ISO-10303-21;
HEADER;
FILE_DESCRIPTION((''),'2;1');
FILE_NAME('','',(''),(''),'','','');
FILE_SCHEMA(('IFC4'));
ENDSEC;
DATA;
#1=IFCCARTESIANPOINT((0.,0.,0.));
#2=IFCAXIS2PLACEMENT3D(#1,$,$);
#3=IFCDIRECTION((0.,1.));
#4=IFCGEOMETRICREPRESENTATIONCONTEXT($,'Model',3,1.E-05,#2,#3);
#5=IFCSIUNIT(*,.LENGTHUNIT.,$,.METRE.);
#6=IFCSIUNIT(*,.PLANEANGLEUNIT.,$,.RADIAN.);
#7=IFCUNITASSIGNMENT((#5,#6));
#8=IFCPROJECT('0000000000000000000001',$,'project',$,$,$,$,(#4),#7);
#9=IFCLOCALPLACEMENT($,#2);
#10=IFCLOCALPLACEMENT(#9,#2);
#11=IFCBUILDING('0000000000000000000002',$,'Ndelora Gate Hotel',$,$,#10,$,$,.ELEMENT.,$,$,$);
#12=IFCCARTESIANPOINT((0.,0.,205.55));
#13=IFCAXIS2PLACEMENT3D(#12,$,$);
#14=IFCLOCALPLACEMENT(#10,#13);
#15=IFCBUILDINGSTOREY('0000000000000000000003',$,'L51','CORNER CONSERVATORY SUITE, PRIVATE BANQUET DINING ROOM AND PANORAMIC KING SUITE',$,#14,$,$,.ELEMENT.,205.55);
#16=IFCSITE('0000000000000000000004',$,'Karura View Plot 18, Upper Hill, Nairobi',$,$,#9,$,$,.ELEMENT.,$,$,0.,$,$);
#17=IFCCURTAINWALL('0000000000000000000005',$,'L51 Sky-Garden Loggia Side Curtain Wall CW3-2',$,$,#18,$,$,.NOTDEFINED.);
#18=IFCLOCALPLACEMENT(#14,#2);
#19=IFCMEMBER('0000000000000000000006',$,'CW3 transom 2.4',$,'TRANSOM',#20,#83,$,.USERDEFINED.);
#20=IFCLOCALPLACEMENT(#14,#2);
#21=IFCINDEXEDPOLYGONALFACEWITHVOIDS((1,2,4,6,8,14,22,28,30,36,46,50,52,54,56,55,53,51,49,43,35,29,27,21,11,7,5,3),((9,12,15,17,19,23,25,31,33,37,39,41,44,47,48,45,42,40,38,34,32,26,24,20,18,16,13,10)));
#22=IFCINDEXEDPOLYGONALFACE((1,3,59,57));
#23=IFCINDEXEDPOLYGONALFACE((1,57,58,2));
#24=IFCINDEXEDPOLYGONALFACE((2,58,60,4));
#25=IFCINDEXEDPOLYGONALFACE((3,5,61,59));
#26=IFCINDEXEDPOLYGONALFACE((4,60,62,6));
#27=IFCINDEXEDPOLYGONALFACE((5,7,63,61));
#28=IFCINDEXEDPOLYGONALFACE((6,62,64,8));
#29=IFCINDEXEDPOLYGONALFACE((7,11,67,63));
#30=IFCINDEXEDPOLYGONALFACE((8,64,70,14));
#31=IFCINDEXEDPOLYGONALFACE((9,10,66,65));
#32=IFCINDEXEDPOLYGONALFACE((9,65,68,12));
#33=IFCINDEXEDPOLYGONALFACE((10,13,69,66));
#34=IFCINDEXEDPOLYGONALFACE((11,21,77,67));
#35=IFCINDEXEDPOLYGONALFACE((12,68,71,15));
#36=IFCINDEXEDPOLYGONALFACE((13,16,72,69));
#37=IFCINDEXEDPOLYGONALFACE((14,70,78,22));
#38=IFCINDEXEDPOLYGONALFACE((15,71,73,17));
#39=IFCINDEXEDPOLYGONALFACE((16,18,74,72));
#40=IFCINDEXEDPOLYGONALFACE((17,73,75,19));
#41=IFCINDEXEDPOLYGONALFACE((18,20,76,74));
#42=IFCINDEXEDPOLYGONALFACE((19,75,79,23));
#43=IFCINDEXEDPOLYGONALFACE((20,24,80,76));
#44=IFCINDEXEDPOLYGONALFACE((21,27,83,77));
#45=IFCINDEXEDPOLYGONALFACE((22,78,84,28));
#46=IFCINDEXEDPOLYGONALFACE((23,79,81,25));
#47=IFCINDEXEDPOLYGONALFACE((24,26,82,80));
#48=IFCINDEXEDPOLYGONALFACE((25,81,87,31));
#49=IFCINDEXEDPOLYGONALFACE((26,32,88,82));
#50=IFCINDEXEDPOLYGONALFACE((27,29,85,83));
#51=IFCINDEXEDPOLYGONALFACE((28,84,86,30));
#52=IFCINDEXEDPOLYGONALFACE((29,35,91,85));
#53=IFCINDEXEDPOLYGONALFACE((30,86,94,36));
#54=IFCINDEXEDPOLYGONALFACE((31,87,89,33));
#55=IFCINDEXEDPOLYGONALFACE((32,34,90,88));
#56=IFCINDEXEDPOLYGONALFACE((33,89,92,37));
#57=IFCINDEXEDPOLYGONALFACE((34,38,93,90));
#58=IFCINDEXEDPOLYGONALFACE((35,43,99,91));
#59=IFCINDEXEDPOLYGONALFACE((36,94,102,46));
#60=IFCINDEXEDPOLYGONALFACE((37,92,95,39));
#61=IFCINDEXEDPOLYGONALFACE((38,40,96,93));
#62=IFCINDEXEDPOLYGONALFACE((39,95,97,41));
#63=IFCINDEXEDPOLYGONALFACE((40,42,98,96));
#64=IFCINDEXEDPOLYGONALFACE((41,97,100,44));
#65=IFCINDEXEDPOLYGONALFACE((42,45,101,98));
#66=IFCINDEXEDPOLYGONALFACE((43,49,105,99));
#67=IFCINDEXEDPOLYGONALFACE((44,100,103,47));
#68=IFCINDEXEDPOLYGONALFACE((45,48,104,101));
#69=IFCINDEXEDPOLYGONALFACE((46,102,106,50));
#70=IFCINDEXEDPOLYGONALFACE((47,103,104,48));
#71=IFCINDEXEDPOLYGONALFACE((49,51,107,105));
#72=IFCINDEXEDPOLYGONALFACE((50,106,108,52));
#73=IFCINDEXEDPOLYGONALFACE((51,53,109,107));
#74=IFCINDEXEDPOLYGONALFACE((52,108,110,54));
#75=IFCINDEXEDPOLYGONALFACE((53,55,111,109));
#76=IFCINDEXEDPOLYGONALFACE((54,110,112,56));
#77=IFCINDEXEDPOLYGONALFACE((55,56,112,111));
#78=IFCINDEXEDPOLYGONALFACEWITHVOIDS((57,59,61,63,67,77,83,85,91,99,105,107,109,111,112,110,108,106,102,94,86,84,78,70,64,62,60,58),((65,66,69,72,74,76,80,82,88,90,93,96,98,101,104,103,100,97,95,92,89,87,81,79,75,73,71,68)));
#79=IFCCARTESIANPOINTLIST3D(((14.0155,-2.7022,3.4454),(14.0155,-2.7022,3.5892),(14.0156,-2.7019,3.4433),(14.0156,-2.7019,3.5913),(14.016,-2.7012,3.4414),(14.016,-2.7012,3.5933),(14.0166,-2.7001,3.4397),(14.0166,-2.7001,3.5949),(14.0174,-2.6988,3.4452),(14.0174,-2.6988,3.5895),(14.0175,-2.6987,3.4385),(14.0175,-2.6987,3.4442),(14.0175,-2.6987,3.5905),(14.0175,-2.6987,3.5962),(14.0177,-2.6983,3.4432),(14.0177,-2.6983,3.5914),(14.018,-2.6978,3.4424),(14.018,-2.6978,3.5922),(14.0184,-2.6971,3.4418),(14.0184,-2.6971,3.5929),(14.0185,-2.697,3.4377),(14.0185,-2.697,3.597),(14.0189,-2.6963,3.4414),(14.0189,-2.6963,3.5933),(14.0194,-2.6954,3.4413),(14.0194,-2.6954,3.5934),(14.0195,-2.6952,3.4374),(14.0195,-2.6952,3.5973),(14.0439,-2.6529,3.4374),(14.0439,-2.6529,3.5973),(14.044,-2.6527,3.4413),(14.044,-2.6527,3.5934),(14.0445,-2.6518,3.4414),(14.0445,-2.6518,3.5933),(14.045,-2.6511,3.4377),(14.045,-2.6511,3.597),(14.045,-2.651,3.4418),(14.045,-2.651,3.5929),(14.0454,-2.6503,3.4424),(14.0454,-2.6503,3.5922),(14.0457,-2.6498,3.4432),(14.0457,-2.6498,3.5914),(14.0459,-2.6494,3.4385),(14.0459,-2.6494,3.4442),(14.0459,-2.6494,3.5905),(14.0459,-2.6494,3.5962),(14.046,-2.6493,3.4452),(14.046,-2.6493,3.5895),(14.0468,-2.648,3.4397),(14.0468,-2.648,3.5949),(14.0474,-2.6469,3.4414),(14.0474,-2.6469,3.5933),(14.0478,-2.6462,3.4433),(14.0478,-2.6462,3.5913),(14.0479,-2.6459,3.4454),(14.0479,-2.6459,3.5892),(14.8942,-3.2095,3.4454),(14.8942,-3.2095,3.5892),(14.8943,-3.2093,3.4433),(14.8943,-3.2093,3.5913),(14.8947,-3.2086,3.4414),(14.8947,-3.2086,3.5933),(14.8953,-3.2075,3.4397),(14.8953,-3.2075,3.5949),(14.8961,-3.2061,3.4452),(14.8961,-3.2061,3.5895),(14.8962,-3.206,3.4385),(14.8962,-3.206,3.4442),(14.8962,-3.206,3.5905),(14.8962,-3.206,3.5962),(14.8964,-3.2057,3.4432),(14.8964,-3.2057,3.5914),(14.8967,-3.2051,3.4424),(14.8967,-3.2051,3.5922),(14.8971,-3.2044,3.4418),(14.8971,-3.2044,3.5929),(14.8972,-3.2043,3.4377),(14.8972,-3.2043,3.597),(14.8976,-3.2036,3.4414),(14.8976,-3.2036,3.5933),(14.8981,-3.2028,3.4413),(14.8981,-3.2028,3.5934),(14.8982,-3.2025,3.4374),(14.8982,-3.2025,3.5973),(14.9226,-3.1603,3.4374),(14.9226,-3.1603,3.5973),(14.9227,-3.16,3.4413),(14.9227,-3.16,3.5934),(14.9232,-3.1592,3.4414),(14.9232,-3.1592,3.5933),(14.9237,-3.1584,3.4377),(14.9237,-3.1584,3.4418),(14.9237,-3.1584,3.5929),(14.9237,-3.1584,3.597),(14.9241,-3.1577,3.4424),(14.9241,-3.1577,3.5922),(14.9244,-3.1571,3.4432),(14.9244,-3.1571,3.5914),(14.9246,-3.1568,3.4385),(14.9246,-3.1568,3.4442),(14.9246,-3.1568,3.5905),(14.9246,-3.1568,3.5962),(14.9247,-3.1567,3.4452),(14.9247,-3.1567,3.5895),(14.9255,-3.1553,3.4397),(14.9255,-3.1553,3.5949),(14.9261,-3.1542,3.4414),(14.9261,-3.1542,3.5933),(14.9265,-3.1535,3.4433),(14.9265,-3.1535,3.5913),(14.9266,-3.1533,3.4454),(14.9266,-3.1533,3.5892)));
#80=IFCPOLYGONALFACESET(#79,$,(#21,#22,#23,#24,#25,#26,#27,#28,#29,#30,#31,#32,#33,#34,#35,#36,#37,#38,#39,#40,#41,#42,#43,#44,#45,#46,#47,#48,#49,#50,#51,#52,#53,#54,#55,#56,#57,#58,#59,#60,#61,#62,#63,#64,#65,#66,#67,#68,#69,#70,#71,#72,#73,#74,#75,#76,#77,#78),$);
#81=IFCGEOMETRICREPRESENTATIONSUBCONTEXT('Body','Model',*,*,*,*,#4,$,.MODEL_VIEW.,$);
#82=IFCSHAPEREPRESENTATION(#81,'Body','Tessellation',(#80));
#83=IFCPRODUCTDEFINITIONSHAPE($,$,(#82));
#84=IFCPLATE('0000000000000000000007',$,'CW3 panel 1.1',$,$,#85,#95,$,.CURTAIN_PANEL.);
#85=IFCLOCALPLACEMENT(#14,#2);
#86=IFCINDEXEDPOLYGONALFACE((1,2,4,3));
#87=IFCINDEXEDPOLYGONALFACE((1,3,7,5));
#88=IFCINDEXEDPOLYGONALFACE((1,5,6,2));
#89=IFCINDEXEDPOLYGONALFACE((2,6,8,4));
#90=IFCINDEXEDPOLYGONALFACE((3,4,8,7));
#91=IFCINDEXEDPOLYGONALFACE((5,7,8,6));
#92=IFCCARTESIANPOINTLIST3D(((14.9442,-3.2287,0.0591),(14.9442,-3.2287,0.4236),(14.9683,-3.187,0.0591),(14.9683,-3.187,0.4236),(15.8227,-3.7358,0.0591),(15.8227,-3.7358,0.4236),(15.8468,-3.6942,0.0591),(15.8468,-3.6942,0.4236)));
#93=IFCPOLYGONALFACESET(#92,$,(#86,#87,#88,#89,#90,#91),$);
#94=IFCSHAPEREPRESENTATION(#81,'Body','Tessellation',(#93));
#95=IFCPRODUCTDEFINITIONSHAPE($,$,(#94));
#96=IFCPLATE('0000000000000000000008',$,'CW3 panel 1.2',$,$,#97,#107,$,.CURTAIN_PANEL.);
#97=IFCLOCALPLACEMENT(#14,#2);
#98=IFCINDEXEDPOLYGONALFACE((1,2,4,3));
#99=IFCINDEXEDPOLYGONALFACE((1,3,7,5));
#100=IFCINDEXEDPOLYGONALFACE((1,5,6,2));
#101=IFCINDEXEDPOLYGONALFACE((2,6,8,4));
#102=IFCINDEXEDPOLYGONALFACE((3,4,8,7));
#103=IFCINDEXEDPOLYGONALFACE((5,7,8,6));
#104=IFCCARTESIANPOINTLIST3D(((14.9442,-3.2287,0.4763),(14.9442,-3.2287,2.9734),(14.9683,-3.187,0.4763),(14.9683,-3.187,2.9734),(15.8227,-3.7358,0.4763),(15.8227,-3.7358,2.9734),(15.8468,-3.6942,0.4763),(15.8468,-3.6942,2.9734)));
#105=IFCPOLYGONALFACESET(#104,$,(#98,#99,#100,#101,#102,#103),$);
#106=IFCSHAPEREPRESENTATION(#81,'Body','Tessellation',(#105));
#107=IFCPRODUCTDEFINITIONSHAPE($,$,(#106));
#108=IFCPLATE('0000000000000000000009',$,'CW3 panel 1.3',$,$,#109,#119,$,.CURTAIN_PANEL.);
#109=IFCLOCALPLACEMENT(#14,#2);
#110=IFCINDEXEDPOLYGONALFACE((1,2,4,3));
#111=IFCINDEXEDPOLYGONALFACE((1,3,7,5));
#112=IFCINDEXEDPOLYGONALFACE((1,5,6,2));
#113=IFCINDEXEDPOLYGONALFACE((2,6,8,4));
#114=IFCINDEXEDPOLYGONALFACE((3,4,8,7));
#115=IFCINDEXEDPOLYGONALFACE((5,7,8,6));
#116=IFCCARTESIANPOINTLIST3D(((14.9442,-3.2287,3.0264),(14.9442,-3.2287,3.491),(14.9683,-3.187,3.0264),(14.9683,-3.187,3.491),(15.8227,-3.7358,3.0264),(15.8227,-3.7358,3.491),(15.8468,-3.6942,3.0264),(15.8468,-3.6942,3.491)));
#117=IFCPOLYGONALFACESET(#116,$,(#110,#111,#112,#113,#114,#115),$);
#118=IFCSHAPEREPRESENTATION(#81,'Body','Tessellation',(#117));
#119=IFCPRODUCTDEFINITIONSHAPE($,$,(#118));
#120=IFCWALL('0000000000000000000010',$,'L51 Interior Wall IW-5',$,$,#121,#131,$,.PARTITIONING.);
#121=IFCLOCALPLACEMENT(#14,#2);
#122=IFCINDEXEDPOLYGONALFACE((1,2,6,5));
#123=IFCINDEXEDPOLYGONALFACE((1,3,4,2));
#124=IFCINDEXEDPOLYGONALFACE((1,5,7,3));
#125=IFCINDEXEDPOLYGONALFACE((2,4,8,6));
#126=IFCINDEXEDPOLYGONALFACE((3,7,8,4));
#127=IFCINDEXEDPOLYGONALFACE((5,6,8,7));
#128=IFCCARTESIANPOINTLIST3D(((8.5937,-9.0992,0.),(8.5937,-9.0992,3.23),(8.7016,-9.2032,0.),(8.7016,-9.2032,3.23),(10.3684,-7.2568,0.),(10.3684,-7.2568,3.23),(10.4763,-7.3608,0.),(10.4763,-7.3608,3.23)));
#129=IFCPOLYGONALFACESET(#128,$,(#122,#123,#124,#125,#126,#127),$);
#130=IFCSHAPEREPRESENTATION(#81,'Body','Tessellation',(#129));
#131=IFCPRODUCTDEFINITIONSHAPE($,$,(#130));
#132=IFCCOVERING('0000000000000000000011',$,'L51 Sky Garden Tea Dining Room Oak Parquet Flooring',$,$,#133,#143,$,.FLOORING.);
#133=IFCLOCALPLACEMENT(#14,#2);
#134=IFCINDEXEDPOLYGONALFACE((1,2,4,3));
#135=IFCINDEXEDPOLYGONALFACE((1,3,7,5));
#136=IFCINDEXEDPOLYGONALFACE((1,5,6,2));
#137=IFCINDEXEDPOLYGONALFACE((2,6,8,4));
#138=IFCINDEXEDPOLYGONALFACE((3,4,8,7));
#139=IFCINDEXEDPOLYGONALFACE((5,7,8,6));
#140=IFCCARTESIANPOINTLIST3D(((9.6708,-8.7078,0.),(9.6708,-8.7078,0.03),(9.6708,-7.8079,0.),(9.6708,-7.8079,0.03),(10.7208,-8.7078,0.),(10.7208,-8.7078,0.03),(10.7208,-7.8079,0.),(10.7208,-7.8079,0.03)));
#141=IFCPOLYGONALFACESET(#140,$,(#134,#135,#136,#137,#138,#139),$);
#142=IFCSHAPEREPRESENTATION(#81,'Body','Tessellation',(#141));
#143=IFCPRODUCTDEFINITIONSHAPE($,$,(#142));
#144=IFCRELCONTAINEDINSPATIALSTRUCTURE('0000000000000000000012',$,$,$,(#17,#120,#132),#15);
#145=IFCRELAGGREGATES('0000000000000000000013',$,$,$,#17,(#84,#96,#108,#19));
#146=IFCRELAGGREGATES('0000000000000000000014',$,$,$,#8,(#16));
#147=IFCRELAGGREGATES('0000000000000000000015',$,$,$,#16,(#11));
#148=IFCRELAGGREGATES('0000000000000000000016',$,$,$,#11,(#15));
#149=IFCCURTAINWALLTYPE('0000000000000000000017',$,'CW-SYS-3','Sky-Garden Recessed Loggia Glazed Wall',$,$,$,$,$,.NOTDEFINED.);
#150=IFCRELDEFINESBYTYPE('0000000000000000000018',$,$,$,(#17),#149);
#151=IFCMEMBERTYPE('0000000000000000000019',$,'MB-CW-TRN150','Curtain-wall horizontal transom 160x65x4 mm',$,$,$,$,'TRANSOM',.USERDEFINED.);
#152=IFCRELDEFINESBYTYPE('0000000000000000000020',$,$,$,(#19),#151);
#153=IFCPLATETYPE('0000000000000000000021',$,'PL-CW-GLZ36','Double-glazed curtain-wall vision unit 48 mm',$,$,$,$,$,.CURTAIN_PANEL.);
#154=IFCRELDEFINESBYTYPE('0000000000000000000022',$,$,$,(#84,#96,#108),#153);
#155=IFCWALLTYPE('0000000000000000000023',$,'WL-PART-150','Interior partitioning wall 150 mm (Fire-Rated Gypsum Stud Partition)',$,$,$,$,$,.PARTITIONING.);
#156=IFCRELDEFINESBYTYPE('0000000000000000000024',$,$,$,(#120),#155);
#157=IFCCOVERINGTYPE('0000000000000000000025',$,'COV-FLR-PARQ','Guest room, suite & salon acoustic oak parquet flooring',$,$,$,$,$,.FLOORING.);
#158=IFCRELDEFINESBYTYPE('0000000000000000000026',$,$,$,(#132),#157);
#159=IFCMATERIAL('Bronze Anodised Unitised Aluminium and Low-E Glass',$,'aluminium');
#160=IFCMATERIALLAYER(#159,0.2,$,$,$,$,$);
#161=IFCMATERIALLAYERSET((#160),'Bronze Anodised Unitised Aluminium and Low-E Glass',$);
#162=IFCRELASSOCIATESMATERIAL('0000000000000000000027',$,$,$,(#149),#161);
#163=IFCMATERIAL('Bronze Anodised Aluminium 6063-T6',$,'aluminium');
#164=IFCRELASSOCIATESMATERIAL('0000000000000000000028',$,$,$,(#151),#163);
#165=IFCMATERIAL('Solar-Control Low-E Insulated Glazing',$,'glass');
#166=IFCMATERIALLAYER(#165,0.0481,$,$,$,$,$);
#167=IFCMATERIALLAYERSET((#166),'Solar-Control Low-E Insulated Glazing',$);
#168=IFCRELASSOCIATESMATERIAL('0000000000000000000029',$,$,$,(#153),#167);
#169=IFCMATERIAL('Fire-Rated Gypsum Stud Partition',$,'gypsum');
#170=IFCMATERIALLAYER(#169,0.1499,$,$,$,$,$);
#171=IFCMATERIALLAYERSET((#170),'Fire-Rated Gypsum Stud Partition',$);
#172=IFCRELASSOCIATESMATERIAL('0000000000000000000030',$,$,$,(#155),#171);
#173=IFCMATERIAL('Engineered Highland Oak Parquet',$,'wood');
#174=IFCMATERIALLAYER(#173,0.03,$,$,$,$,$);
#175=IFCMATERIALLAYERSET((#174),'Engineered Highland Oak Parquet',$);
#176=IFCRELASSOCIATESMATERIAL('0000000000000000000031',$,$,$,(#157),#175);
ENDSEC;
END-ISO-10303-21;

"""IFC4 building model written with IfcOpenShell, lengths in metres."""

from ifc_helpers import new_model, si_unit, direction, frame, frame_2d, origin, origin_2d, place, context, subcontext, project, spatial, rectangle, hollow_rectangle, extrude, material, layer, layer_set, material_profile, profile_set, type_object, element, aggregate, save


model = new_model("IFC4")

# Units and contexts
model_context = context("Model", 3, precision=1e-05, world=origin(), true_north=direction((0.0, 1.0)))
body_context = subcontext(model_context, "Body", "Model", "MODEL_VIEW")
ifc_project = project(units=[si_unit("LENGTHUNIT", "METRE"), si_unit("PLANEANGLEUNIT", "RADIAN")], contexts=[model_context])

# Site, building, storey
site_placement = place(None, origin())
site = spatial("IfcSite", under=ifc_project, at=site_placement, Name="Karura View Plot 18, Upper Hill, Nairobi", CompositionType="ELEMENT", RefElevation=0.0)
building_placement = place(site_placement, origin())
building = spatial("IfcBuilding", under=site, at=building_placement, Name="Ndelora Gate Hotel", CompositionType="ELEMENT")
storey_placement = place(building_placement, frame((0.0, 0.0, 205.55)))
storey = spatial("IfcBuildingStorey", under=building, at=storey_placement, Name="L51", Description="CORNER CONSERVATORY SUITE, PRIVATE BANQUET DINING ROOM AND PANORAMIC KING SUITE", CompositionType="ELEMENT", Elevation=205.55)

# Curtain wall, member, plates
ifc_material_1 = material(Name="Bronze Anodised Unitised Aluminium and Low-E Glass", Category="aluminium")
ifc_layer_1 = layer(ifc_material_1, 0.2)
ifc_layer_set_1 = layer_set([ifc_layer_1], Name="Bronze Anodised Unitised Aluminium and Low-E Glass")
curtain_wall_type = type_object("IfcCurtainWallType", Name="CW-SYS-3", Description="Sky-Garden Recessed Loggia Glazed Wall", PredefinedType="NOTDEFINED", material=ifc_layer_set_1)
curtain_wall_placement = place(storey_placement, origin())
curtain_wall = element("IfcCurtainWall", 1, at=curtain_wall_placement, inside=storey, type_object=curtain_wall_type, Name="L51 Sky-Garden Loggia Side Curtain Wall CW3-2", PredefinedType="NOTDEFINED")
ifc_material_2 = material(Name="Bronze Anodised Aluminium 6063-T6", Category="aluminium")
ifc_material_profile_1 = material_profile(ifc_material_2, hollow_rectangle(XDim=0.0649, YDim=0.1599, WallThickness=0.0039, InnerFilletRadius=0.0039, OuterFilletRadius=0.0081, at=origin_2d()), Name="ALU 160x65x4")
ifc_profile_set_1 = profile_set([ifc_material_profile_1], Name="Bronze Anodised Aluminium 6063-T6")
member_type_1 = type_object("IfcMemberType", Name="MB-CW-TRN150", Description="Curtain-wall horizontal transom 160x65x4 mm", ElementType="TRANSOM", PredefinedType="USERDEFINED", material=ifc_profile_set_1)
member_1_placement = place(storey_placement, frame((14.9104, -3.1814, 3.5173), z_axis=(-0.866013, 0.500021, 0.0), x_axis=(-0.500021, -0.866013, 0.0)))
member_1 = element("IfcMember", 2, at=member_1_placement, type_object=member_type_1, Name="CW3 transom 2.4", ObjectType="TRANSOM", PredefinedType="USERDEFINED", context=body_context, shape_type="SweptSolid", body=[
    extrude(hollow_rectangle(XDim=0.0649, YDim=0.1599, WallThickness=0.0039, InnerFilletRadius=0.0039, OuterFilletRadius=0.0081, at=origin_2d()), origin(), (0.0, 0.0, 1.0), 1.0146),
])
ifc_material_3 = material(Name="Solar-Control Low-E Insulated Glazing", Category="glass")
ifc_layer_2 = layer(ifc_material_3, 0.0481)
ifc_layer_set_2 = layer_set([ifc_layer_2], Name="Solar-Control Low-E Insulated Glazing")
plate_type = type_object("IfcPlateType", Name="PL-CW-GLZ36", Description="Double-glazed curtain-wall vision unit 48 mm", PredefinedType="CURTAIN_PANEL", material=ifc_layer_set_2)
plate_1_placement = place(storey_placement, frame((15.3955, -3.4614, 0.0591), z_axis=(0.0, 0.0, 1.0), x_axis=(-0.86603, 0.499991, 0.0)))
plate_1 = element("IfcPlate", 3, at=plate_1_placement, type_object=plate_type, Name="CW3 panel 1.1", PredefinedType="CURTAIN_PANEL", context=body_context, shape_type="SweptSolid", body=[
    extrude(rectangle(XDim=1.0144, YDim=0.0481, at=origin_2d()), origin(), (0.0, 0.0, 1.0), 0.3645),
])
plate_2_placement = place(storey_placement, frame((15.3955, -3.4614, 0.4763), z_axis=(0.0, 0.0, 1.0), x_axis=(-0.86603, 0.499991, 0.0)))
plate_2 = element("IfcPlate", 4, at=plate_2_placement, type_object=plate_type, Name="CW3 panel 1.2", PredefinedType="CURTAIN_PANEL", context=body_context, shape_type="SweptSolid", body=[
    extrude(rectangle(XDim=1.0144, YDim=0.0481, at=origin_2d()), origin(), (0.0, 0.0, 1.0), 2.4971),
])
plate_3_placement = place(storey_placement, frame((15.3955, -3.4614, 3.0264), z_axis=(0.0, 0.0, 1.0), x_axis=(-0.86603, 0.499991, 0.0)))
plate_3 = element("IfcPlate", 5, at=plate_3_placement, type_object=plate_type, Name="CW3 panel 1.3", PredefinedType="CURTAIN_PANEL", context=body_context, shape_type="SweptSolid", body=[
    extrude(rectangle(XDim=1.0144, YDim=0.0481, at=origin_2d()), origin(), (0.0, 0.0, 1.0), 0.4646),
])
aggregate(curtain_wall, [plate_1, plate_2, plate_3, member_1])

# Wall
ifc_material_4 = material(Name="Fire-Rated Gypsum Stud Partition", Category="gypsum")
ifc_layer_3 = layer(ifc_material_4, 0.1499)
ifc_layer_set_3 = layer_set([ifc_layer_3], Name="Fire-Rated Gypsum Stud Partition")
wall_type = type_object("IfcWallType", Name="WL-PART-150", Description="Interior partitioning wall 150 mm (Fire-Rated Gypsum Stud Partition)", PredefinedType="PARTITIONING", material=ifc_layer_set_3)
wall_placement = place(storey_placement, frame((10.4224, -7.3088, 0.0), z_axis=(0.0, 0.0, 1.0), x_axis=(-0.693765, -0.720202, 0.0)))
element("IfcWall", 6, at=wall_placement, inside=storey, type_object=wall_type, Name="L51 Interior Wall IW-5", PredefinedType="PARTITIONING", context=body_context, shape_type="SweptSolid", body=[
    extrude(rectangle(XDim=2.5581, YDim=0.1499, at=frame_2d((1.2791, 0.0))), origin(), (0.0, 0.0, 1.0), 3.23),
])

# Covering
ifc_material_5 = material(Name="Engineered Highland Oak Parquet", Category="wood")
ifc_layer_4 = layer(ifc_material_5, 0.03)
ifc_layer_set_4 = layer_set([ifc_layer_4], Name="Engineered Highland Oak Parquet")
covering_type = type_object("IfcCoveringType", Name="COV-FLR-PARQ", Description="Guest room, suite & salon acoustic oak parquet flooring", PredefinedType="FLOORING", material=ifc_layer_set_4)
covering_placement = place(storey_placement, frame((10.1958, -8.2578, 0.0), z_axis=(0.0, 0.0, 1.0), x_axis=(1.0, 0.0, 0.0)))
element("IfcCovering", 7, at=covering_placement, inside=storey, type_object=covering_type, Name="L51 Sky Garden Tea Dining Room Oak Parquet Flooring", PredefinedType="FLOORING", context=body_context, shape_type="SweptSolid", body=[
    extrude(rectangle(XDim=1.05, YDim=0.8999, at=origin_2d()), origin(), (0.0, 0.0, 1.0), 0.03),
])

save(model, "model.ifc")
